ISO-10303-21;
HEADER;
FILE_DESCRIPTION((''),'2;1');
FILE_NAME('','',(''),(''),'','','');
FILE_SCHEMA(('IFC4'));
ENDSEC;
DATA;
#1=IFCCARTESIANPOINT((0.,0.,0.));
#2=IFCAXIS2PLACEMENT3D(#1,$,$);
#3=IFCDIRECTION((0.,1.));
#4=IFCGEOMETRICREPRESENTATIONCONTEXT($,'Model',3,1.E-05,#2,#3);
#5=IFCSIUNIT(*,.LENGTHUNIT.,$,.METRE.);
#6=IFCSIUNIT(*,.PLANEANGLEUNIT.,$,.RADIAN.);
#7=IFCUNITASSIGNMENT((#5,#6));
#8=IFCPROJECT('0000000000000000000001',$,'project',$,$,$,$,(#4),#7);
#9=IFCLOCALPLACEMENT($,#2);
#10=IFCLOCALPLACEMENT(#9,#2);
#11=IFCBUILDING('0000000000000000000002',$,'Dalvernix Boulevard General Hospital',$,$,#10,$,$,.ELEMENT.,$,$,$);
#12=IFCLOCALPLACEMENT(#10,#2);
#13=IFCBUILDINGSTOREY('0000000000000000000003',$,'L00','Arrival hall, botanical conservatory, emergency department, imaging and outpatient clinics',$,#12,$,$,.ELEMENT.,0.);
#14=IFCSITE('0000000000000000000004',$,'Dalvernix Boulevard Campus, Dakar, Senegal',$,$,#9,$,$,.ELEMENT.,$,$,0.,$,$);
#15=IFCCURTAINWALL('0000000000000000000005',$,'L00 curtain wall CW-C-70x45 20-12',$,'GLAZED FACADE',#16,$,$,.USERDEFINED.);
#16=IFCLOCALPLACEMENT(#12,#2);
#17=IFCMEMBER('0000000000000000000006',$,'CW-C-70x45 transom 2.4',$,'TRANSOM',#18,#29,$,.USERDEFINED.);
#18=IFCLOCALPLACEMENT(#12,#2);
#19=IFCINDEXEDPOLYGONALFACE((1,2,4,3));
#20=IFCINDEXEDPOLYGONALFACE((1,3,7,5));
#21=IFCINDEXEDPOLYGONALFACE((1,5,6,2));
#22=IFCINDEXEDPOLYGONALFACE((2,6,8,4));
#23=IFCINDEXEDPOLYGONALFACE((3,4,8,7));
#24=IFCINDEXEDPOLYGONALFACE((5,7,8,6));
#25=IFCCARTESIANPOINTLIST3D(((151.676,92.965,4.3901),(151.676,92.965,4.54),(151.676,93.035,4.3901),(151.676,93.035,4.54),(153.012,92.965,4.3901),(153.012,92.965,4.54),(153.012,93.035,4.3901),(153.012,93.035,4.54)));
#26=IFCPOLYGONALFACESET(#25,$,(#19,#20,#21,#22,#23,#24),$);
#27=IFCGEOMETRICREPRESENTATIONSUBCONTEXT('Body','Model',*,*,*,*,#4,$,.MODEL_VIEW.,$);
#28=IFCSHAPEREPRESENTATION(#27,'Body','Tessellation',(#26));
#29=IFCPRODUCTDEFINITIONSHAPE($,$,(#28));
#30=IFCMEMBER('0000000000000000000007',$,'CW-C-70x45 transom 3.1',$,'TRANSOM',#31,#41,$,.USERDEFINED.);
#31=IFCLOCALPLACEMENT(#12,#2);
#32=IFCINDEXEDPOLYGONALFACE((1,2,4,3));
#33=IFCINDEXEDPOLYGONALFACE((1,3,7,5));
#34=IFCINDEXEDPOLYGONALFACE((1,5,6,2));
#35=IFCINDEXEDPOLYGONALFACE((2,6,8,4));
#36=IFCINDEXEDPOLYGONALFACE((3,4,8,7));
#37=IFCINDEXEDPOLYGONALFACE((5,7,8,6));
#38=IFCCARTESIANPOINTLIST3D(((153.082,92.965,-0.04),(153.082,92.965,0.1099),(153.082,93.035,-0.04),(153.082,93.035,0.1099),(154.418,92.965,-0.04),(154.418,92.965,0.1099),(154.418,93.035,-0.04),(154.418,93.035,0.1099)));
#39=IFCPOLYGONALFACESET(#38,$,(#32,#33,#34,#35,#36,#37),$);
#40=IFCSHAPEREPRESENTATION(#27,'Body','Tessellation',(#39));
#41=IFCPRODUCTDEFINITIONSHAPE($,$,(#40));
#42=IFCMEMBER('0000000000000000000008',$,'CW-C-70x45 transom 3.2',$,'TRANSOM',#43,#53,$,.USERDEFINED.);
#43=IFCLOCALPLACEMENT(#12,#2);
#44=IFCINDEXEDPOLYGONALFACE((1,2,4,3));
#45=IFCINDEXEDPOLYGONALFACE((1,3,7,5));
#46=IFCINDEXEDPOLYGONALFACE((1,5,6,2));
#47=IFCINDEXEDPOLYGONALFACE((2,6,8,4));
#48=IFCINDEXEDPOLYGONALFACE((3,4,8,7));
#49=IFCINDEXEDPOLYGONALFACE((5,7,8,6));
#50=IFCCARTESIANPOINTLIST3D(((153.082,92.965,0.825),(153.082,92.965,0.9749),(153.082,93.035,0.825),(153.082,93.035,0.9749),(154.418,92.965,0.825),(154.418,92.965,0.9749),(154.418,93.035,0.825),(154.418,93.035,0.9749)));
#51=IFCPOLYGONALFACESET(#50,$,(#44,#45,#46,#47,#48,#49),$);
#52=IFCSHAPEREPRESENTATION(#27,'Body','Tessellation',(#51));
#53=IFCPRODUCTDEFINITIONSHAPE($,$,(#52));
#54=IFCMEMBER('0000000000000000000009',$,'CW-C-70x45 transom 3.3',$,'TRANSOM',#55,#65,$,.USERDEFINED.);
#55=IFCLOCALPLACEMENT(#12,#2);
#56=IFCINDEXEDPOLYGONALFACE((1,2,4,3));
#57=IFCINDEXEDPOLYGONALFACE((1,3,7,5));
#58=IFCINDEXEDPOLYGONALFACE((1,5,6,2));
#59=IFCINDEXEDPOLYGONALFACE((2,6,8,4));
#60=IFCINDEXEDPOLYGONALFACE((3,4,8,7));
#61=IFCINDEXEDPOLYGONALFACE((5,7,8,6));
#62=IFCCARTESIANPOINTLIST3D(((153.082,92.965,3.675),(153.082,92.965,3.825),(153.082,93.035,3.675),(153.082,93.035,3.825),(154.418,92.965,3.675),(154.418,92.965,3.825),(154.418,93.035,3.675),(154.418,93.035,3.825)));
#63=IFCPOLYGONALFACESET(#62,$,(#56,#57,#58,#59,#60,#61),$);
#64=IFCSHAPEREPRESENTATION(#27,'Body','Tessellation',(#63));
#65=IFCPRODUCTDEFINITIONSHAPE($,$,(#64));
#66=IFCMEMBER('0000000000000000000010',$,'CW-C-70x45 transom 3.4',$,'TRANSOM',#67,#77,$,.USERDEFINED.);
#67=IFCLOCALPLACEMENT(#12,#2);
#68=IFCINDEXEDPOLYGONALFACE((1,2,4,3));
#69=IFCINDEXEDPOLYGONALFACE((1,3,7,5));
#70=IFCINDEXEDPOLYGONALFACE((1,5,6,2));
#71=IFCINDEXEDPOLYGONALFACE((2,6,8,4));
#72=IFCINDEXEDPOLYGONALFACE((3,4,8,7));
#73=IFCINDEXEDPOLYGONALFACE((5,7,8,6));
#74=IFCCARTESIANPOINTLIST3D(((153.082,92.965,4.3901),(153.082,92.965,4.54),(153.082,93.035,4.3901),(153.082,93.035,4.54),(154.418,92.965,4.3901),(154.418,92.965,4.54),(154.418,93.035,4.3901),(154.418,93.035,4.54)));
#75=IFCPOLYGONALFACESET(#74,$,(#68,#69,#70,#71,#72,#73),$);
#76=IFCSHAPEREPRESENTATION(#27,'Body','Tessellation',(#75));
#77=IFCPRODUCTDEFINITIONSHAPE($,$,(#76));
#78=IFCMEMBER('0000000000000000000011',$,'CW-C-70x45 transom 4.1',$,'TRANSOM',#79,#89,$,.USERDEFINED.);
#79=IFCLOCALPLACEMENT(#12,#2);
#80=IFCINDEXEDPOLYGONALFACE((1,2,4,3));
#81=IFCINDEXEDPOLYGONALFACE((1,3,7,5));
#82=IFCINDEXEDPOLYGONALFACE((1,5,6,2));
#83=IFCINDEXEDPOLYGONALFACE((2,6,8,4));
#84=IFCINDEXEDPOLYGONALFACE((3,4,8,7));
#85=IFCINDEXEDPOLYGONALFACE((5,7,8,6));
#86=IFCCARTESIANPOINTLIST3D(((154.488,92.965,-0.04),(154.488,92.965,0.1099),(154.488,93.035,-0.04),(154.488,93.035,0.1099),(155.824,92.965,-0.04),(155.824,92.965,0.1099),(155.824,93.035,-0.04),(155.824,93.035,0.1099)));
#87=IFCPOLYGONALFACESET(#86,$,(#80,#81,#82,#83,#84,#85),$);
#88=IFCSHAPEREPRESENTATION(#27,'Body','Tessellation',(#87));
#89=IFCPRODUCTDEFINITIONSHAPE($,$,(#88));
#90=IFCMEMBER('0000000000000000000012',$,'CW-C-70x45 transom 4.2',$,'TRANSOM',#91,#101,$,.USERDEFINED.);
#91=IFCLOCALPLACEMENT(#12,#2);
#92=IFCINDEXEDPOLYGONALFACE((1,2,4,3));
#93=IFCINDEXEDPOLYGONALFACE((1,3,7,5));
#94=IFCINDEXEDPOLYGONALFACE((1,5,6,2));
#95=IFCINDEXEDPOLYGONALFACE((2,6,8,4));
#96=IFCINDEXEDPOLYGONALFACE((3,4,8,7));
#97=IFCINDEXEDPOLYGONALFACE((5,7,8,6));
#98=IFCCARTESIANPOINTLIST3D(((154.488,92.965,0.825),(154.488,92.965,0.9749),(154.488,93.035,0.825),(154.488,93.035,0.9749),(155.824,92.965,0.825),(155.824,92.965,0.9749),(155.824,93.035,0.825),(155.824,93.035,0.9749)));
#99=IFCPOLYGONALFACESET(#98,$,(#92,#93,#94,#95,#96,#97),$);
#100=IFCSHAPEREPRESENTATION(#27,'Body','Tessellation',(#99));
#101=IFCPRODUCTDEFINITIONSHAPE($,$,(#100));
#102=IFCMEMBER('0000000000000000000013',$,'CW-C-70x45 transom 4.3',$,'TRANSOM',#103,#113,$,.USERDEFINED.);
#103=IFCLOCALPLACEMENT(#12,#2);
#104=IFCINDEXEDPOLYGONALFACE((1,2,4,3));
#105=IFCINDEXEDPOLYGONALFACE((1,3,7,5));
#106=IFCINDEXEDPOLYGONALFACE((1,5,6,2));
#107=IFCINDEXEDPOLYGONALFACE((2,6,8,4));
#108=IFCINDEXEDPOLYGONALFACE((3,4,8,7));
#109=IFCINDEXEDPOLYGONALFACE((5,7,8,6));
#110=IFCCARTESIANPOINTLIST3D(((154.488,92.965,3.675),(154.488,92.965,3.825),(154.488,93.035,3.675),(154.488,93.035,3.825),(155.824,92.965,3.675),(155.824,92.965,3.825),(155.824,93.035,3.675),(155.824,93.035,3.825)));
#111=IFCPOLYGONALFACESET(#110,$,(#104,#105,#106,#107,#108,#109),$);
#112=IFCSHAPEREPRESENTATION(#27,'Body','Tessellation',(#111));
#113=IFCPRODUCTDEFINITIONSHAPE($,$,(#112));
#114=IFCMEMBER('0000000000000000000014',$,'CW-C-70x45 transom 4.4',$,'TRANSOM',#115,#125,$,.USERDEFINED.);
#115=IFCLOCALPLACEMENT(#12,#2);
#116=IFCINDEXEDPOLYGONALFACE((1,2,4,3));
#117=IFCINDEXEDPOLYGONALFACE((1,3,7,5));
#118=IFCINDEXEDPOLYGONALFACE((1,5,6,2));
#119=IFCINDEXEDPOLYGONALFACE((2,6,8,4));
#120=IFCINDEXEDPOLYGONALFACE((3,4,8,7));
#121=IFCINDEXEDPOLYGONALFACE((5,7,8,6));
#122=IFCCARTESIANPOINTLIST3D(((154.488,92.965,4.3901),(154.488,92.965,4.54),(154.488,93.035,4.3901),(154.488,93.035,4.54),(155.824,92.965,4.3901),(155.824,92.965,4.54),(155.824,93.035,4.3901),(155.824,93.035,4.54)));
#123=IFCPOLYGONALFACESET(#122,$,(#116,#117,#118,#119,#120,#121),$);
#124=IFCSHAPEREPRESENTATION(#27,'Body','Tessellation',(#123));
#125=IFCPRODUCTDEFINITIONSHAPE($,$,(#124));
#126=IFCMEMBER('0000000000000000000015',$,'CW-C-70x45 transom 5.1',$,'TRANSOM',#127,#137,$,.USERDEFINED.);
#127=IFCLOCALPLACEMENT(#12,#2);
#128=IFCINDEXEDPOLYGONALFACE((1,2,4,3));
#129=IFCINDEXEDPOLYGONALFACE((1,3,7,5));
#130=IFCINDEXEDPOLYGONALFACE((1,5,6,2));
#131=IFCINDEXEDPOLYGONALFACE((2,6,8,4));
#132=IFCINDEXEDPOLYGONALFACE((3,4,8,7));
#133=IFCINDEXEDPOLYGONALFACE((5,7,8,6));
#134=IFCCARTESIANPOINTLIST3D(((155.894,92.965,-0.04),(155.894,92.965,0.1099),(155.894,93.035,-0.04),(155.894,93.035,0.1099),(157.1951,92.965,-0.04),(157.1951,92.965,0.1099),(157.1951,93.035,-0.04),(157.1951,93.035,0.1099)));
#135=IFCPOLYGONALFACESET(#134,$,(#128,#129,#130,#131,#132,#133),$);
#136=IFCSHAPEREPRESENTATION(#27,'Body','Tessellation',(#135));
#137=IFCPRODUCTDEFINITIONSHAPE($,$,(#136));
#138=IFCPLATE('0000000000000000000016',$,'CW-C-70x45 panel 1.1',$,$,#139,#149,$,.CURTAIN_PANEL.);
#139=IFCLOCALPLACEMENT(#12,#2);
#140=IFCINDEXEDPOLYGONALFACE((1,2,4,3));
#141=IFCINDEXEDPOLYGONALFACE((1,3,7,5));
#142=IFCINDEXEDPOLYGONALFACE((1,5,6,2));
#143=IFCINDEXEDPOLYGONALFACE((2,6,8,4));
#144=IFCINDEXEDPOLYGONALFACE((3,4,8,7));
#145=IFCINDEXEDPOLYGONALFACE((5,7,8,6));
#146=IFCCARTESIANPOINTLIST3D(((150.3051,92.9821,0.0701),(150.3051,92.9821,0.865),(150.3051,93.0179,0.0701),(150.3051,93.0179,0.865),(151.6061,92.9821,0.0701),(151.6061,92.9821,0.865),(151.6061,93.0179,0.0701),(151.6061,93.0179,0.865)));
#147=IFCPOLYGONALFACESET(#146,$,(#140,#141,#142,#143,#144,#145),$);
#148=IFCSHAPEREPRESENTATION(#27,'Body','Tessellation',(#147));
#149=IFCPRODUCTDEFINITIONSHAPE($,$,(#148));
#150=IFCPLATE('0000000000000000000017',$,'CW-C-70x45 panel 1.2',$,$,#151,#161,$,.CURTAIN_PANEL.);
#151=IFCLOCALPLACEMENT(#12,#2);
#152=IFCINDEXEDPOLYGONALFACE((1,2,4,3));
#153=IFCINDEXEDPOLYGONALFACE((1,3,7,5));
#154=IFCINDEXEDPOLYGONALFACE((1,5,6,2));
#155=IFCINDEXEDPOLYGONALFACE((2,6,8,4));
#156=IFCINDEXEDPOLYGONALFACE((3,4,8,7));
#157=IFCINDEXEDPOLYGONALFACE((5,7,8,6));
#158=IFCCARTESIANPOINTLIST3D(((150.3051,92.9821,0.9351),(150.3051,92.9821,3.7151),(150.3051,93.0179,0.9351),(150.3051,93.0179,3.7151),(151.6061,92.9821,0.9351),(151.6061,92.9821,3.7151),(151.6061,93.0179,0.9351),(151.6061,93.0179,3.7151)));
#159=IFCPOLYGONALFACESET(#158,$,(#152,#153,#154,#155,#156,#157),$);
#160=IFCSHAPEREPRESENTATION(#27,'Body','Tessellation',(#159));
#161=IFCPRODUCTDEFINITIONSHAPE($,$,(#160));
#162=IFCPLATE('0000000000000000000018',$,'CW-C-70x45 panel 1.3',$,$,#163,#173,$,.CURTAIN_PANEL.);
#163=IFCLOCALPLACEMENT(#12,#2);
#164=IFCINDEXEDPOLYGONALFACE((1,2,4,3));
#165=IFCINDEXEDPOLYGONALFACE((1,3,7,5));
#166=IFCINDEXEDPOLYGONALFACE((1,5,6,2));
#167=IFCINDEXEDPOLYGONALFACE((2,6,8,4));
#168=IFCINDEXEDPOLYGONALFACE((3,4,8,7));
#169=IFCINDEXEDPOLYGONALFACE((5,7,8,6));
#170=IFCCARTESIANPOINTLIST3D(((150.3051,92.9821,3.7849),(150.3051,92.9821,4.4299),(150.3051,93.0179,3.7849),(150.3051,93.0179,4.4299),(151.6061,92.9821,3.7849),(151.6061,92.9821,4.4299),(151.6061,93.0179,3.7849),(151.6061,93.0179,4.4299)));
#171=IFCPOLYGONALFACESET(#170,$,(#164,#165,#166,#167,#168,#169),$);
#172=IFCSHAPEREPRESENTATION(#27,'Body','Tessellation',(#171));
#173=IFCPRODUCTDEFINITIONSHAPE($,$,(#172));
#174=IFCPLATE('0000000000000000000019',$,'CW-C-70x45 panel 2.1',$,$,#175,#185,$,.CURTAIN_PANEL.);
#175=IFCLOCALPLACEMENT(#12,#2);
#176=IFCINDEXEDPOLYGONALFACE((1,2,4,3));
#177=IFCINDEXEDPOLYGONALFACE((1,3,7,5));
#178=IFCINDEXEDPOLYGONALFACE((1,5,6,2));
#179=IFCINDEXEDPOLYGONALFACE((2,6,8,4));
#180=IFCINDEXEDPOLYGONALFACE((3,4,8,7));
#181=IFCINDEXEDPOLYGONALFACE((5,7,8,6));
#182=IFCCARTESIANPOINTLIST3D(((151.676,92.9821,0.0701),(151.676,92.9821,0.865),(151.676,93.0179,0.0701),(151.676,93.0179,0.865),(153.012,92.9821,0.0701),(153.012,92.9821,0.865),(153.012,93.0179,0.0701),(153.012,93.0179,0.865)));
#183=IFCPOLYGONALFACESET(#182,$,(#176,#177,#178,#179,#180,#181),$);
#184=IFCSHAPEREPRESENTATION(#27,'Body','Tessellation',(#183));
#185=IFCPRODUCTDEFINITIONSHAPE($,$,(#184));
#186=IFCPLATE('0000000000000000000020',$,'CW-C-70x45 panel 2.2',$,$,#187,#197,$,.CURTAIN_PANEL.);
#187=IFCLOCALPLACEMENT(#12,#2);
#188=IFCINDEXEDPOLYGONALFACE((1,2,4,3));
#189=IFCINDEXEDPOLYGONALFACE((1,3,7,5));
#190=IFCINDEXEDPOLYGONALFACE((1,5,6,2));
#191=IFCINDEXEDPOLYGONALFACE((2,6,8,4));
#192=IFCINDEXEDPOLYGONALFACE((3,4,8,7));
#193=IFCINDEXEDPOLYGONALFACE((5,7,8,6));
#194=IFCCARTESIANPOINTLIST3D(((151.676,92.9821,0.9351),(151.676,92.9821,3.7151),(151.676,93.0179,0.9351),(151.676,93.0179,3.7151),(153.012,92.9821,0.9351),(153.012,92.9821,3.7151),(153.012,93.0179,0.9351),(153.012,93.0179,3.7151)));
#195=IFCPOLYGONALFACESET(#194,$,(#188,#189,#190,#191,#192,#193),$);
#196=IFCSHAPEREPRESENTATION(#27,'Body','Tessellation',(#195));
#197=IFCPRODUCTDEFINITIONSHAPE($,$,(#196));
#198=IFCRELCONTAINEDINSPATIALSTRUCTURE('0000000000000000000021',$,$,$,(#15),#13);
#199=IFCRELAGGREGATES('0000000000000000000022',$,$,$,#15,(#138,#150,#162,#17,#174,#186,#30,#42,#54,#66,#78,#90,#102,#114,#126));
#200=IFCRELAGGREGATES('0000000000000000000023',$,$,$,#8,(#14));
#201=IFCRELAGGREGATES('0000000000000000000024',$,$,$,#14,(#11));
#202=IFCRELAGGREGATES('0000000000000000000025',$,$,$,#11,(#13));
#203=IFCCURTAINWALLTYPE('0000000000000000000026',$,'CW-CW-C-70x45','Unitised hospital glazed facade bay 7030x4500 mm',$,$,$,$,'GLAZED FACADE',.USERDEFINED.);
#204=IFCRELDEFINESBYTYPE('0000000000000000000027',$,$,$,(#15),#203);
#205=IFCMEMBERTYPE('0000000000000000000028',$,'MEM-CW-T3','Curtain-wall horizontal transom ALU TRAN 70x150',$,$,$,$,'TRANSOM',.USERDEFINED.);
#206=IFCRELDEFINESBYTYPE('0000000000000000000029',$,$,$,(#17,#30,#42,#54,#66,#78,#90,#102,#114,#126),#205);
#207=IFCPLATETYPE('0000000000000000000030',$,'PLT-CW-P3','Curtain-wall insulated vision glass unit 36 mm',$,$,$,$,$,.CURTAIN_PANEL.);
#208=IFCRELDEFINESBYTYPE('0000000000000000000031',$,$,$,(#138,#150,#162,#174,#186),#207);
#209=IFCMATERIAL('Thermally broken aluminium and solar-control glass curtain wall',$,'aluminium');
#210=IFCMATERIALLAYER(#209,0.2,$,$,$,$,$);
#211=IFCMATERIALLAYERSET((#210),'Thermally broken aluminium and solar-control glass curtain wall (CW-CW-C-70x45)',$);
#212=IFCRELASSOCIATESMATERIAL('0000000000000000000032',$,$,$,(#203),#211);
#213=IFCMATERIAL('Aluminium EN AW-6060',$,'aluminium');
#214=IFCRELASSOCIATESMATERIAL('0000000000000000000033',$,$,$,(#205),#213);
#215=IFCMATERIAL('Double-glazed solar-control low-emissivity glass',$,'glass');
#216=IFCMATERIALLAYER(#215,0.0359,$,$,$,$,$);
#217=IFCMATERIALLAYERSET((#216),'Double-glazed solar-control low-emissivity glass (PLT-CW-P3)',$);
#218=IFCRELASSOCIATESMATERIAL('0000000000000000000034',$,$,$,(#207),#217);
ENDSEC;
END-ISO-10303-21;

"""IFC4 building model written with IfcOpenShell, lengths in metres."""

from ifc_helpers import new_model, si_unit, direction, frame, origin, origin_2d, place, context, subcontext, project, spatial, rectangle, extrude, material, layer, layer_set, material_profile, profile_set, type_object, element, aggregate, save


model = new_model("IFC4")

# Units and contexts
model_context = context("Model", 3, precision=1e-05, world=origin(), true_north=direction((0.0, 1.0)))
body_context = subcontext(model_context, "Body", "Model", "MODEL_VIEW")
ifc_project = project(units=[si_unit("LENGTHUNIT", "METRE"), si_unit("PLANEANGLEUNIT", "RADIAN")], contexts=[model_context])

# Site, building, storey
site_placement = place(None, origin())
site = spatial("IfcSite", under=ifc_project, at=site_placement, Name="Dalvernix Boulevard Campus, Dakar, Senegal", CompositionType="ELEMENT", RefElevation=0.0)
building_placement = place(site_placement, origin())
building = spatial("IfcBuilding", under=site, at=building_placement, Name="Dalvernix Boulevard General Hospital", CompositionType="ELEMENT")
storey_placement = place(building_placement, origin())
storey = spatial("IfcBuildingStorey", under=building, at=storey_placement, Name="L00", Description="Arrival hall, botanical conservatory, emergency department, imaging and outpatient clinics", CompositionType="ELEMENT", Elevation=0.0)

# Curtain wall, members, plates
ifc_material_1 = material(Name="Thermally broken aluminium and solar-control glass curtain wall", Category="aluminium")
ifc_layer_1 = layer(ifc_material_1, 0.2)
ifc_layer_set_1 = layer_set([ifc_layer_1], Name="Thermally broken aluminium and solar-control glass curtain wall (CW-CW-C-70x45)")
curtain_wall_type = type_object("IfcCurtainWallType", Name="CW-CW-C-70x45", Description="Unitised hospital glazed facade bay 7030x4500 mm", ElementType="GLAZED FACADE", PredefinedType="USERDEFINED", material=ifc_layer_set_1)
curtain_wall_placement = place(storey_placement, origin())
curtain_wall = element("IfcCurtainWall", 1, at=curtain_wall_placement, inside=storey, type_object=curtain_wall_type, Name="L00 curtain wall CW-C-70x45 20-12", ObjectType="GLAZED FACADE", PredefinedType="USERDEFINED")
ifc_material_2 = material(Name="Aluminium EN AW-6060", Category="aluminium")
ifc_material_profile_1 = material_profile(ifc_material_2, rectangle(XDim=0.0701, YDim=0.1499, at=origin_2d()), Name="ALU TRAN 70x150")
ifc_profile_set_1 = profile_set([ifc_material_profile_1], Name="Aluminium EN AW-6060")
member_type_1 = type_object("IfcMemberType", Name="MEM-CW-T3", Description="Curtain-wall horizontal transom ALU TRAN 70x150", ElementType="TRANSOM", PredefinedType="USERDEFINED", material=ifc_profile_set_1)
member_1_placement = place(storey_placement, frame((151.676, 93.0, 4.4651), z_axis=(1.0, 0.0, 0.0), x_axis=(0.0, 1.0, 0.0)))
member_1 = element("IfcMember", 2, at=member_1_placement, type_object=member_type_1, Name="CW-C-70x45 transom 2.4", ObjectType="TRANSOM", PredefinedType="USERDEFINED", context=body_context, shape_type="SweptSolid", body=[
    extrude(rectangle(XDim=0.0701, YDim=0.1499, at=origin_2d()), origin(), (0.0, 0.0, 1.0), 1.3359),
])
member_2_placement = place(storey_placement, frame((153.082, 93.0, 0.0349), z_axis=(1.0, 0.0, 0.0), x_axis=(0.0, 1.0, 0.0)))
member_2 = element("IfcMember", 3, at=member_2_placement, type_object=member_type_1, Name="CW-C-70x45 transom 3.1", ObjectType="TRANSOM", PredefinedType="USERDEFINED", context=body_context, shape_type="SweptSolid", body=[
    extrude(rectangle(XDim=0.0701, YDim=0.1499, at=origin_2d()), origin(), (0.0, 0.0, 1.0), 1.3359),
])
member_3_placement = place(storey_placement, frame((153.082, 93.0, 0.8999), z_axis=(1.0, 0.0, 0.0), x_axis=(0.0, 1.0, 0.0)))
member_3 = element("IfcMember", 4, at=member_3_placement, type_object=member_type_1, Name="CW-C-70x45 transom 3.2", ObjectType="TRANSOM", PredefinedType="USERDEFINED", context=body_context, shape_type="SweptSolid", body=[
    extrude(rectangle(XDim=0.0701, YDim=0.1499, at=origin_2d()), origin(), (0.0, 0.0, 1.0), 1.3359),
])
member_4_placement = place(storey_placement, frame((153.082, 93.0, 3.75), z_axis=(1.0, 0.0, 0.0), x_axis=(0.0, 1.0, 0.0)))
member_4 = element("IfcMember", 5, at=member_4_placement, type_object=member_type_1, Name="CW-C-70x45 transom 3.3", ObjectType="TRANSOM", PredefinedType="USERDEFINED", context=body_context, shape_type="SweptSolid", body=[
    extrude(rectangle(XDim=0.0701, YDim=0.1499, at=origin_2d()), origin(), (0.0, 0.0, 1.0), 1.3359),
])
member_5_placement = place(storey_placement, frame((153.082, 93.0, 4.4651), z_axis=(1.0, 0.0, 0.0), x_axis=(0.0, 1.0, 0.0)))
member_5 = element("IfcMember", 6, at=member_5_placement, type_object=member_type_1, Name="CW-C-70x45 transom 3.4", ObjectType="TRANSOM", PredefinedType="USERDEFINED", context=body_context, shape_type="SweptSolid", body=[
    extrude(rectangle(XDim=0.0701, YDim=0.1499, at=origin_2d()), origin(), (0.0, 0.0, 1.0), 1.3359),
])
member_6_placement = place(storey_placement, frame((154.488, 93.0, 0.0349), z_axis=(1.0, 0.0, 0.0), x_axis=(0.0, 1.0, 0.0)))
member_6 = element("IfcMember", 7, at=member_6_placement, type_object=member_type_1, Name="CW-C-70x45 transom 4.1", ObjectType="TRANSOM", PredefinedType="USERDEFINED", context=body_context, shape_type="SweptSolid", body=[
    extrude(rectangle(XDim=0.0701, YDim=0.1499, at=origin_2d()), origin(), (0.0, 0.0, 1.0), 1.3359),
])
member_7_placement = place(storey_placement, frame((154.488, 93.0, 0.8999), z_axis=(1.0, 0.0, 0.0), x_axis=(0.0, 1.0, 0.0)))
member_7 = element("IfcMember", 8, at=member_7_placement, type_object=member_type_1, Name="CW-C-70x45 transom 4.2", ObjectType="TRANSOM", PredefinedType="USERDEFINED", context=body_context, shape_type="SweptSolid", body=[
    extrude(rectangle(XDim=0.0701, YDim=0.1499, at=origin_2d()), origin(), (0.0, 0.0, 1.0), 1.3359),
])
member_8_placement = place(storey_placement, frame((154.488, 93.0, 3.75), z_axis=(1.0, 0.0, 0.0), x_axis=(0.0, 1.0, 0.0)))
member_8 = element("IfcMember", 9, at=member_8_placement, type_object=member_type_1, Name="CW-C-70x45 transom 4.3", ObjectType="TRANSOM", PredefinedType="USERDEFINED", context=body_context, shape_type="SweptSolid", body=[
    extrude(rectangle(XDim=0.0701, YDim=0.1499, at=origin_2d()), origin(), (0.0, 0.0, 1.0), 1.3359),
])
member_9_placement = place(storey_placement, frame((154.488, 93.0, 4.4651), z_axis=(1.0, 0.0, 0.0), x_axis=(0.0, 1.0, 0.0)))
member_9 = element("IfcMember", 10, at=member_9_placement, type_object=member_type_1, Name="CW-C-70x45 transom 4.4", ObjectType="TRANSOM", PredefinedType="USERDEFINED", context=body_context, shape_type="SweptSolid", body=[
    extrude(rectangle(XDim=0.0701, YDim=0.1499, at=origin_2d()), origin(), (0.0, 0.0, 1.0), 1.3359),
])
member_10_placement = place(storey_placement, frame((155.894, 93.0, 0.0349), z_axis=(1.0, 0.0, 0.0), x_axis=(0.0, 1.0, 0.0)))
member_10 = element("IfcMember", 11, at=member_10_placement, type_object=member_type_1, Name="CW-C-70x45 transom 5.1", ObjectType="TRANSOM", PredefinedType="USERDEFINED", context=body_context, shape_type="SweptSolid", body=[
    extrude(rectangle(XDim=0.0701, YDim=0.1499, at=origin_2d()), origin(), (0.0, 0.0, 1.0), 1.301),
])
ifc_material_3 = material(Name="Double-glazed solar-control low-emissivity glass", Category="glass")
ifc_layer_2 = layer(ifc_material_3, 0.0359)
ifc_layer_set_2 = layer_set([ifc_layer_2], Name="Double-glazed solar-control low-emissivity glass (PLT-CW-P3)")
plate_type = type_object("IfcPlateType", Name="PLT-CW-P3", Description="Curtain-wall insulated vision glass unit 36 mm", PredefinedType="CURTAIN_PANEL", material=ifc_layer_set_2)
plate_1_placement = place(storey_placement, frame((150.9556, 93.0, 0.0701), z_axis=(0.0, 0.0, 1.0), x_axis=(1.0, 0.0, 0.0)))
plate_1 = element("IfcPlate", 12, at=plate_1_placement, type_object=plate_type, Name="CW-C-70x45 panel 1.1", PredefinedType="CURTAIN_PANEL", context=body_context, shape_type="SweptSolid", body=[
    extrude(rectangle(XDim=1.301, YDim=0.0359, at=origin_2d()), origin(), (0.0, 0.0, 1.0), 0.7949),
])
plate_2_placement = place(storey_placement, frame((150.9556, 93.0, 0.9351), z_axis=(0.0, 0.0, 1.0), x_axis=(1.0, 0.0, 0.0)))
plate_2 = element("IfcPlate", 13, at=plate_2_placement, type_object=plate_type, Name="CW-C-70x45 panel 1.2", PredefinedType="CURTAIN_PANEL", context=body_context, shape_type="SweptSolid", body=[
    extrude(rectangle(XDim=1.301, YDim=0.0359, at=origin_2d()), origin(), (0.0, 0.0, 1.0), 2.78),
])
plate_3_placement = place(storey_placement, frame((150.9556, 93.0, 3.7849), z_axis=(0.0, 0.0, 1.0), x_axis=(1.0, 0.0, 0.0)))
plate_3 = element("IfcPlate", 14, at=plate_3_placement, type_object=plate_type, Name="CW-C-70x45 panel 1.3", PredefinedType="CURTAIN_PANEL", context=body_context, shape_type="SweptSolid", body=[
    extrude(rectangle(XDim=1.301, YDim=0.0359, at=origin_2d()), origin(), (0.0, 0.0, 1.0), 0.645),
])
plate_4_placement = place(storey_placement, frame((152.344, 93.0, 0.0701), z_axis=(0.0, 0.0, 1.0), x_axis=(1.0, 0.0, 0.0)))
plate_4 = element("IfcPlate", 15, at=plate_4_placement, type_object=plate_type, Name="CW-C-70x45 panel 2.1", PredefinedType="CURTAIN_PANEL", context=body_context, shape_type="SweptSolid", body=[
    extrude(rectangle(XDim=1.3359, YDim=0.0359, at=origin_2d()), origin(), (0.0, 0.0, 1.0), 0.7949),
])
plate_5_placement = place(storey_placement, frame((152.344, 93.0, 0.9351), z_axis=(0.0, 0.0, 1.0), x_axis=(1.0, 0.0, 0.0)))
plate_5 = element("IfcPlate", 16, at=plate_5_placement, type_object=plate_type, Name="CW-C-70x45 panel 2.2", PredefinedType="CURTAIN_PANEL", context=body_context, shape_type="SweptSolid", body=[
    extrude(rectangle(XDim=1.3359, YDim=0.0359, at=origin_2d()), origin(), (0.0, 0.0, 1.0), 2.78),
])
aggregate(curtain_wall, [plate_1, plate_2, plate_3, member_1, plate_4, plate_5, member_2, member_3, member_4, member_5, member_6, member_7, member_8, member_9, member_10])

save(model, "model.ifc")
